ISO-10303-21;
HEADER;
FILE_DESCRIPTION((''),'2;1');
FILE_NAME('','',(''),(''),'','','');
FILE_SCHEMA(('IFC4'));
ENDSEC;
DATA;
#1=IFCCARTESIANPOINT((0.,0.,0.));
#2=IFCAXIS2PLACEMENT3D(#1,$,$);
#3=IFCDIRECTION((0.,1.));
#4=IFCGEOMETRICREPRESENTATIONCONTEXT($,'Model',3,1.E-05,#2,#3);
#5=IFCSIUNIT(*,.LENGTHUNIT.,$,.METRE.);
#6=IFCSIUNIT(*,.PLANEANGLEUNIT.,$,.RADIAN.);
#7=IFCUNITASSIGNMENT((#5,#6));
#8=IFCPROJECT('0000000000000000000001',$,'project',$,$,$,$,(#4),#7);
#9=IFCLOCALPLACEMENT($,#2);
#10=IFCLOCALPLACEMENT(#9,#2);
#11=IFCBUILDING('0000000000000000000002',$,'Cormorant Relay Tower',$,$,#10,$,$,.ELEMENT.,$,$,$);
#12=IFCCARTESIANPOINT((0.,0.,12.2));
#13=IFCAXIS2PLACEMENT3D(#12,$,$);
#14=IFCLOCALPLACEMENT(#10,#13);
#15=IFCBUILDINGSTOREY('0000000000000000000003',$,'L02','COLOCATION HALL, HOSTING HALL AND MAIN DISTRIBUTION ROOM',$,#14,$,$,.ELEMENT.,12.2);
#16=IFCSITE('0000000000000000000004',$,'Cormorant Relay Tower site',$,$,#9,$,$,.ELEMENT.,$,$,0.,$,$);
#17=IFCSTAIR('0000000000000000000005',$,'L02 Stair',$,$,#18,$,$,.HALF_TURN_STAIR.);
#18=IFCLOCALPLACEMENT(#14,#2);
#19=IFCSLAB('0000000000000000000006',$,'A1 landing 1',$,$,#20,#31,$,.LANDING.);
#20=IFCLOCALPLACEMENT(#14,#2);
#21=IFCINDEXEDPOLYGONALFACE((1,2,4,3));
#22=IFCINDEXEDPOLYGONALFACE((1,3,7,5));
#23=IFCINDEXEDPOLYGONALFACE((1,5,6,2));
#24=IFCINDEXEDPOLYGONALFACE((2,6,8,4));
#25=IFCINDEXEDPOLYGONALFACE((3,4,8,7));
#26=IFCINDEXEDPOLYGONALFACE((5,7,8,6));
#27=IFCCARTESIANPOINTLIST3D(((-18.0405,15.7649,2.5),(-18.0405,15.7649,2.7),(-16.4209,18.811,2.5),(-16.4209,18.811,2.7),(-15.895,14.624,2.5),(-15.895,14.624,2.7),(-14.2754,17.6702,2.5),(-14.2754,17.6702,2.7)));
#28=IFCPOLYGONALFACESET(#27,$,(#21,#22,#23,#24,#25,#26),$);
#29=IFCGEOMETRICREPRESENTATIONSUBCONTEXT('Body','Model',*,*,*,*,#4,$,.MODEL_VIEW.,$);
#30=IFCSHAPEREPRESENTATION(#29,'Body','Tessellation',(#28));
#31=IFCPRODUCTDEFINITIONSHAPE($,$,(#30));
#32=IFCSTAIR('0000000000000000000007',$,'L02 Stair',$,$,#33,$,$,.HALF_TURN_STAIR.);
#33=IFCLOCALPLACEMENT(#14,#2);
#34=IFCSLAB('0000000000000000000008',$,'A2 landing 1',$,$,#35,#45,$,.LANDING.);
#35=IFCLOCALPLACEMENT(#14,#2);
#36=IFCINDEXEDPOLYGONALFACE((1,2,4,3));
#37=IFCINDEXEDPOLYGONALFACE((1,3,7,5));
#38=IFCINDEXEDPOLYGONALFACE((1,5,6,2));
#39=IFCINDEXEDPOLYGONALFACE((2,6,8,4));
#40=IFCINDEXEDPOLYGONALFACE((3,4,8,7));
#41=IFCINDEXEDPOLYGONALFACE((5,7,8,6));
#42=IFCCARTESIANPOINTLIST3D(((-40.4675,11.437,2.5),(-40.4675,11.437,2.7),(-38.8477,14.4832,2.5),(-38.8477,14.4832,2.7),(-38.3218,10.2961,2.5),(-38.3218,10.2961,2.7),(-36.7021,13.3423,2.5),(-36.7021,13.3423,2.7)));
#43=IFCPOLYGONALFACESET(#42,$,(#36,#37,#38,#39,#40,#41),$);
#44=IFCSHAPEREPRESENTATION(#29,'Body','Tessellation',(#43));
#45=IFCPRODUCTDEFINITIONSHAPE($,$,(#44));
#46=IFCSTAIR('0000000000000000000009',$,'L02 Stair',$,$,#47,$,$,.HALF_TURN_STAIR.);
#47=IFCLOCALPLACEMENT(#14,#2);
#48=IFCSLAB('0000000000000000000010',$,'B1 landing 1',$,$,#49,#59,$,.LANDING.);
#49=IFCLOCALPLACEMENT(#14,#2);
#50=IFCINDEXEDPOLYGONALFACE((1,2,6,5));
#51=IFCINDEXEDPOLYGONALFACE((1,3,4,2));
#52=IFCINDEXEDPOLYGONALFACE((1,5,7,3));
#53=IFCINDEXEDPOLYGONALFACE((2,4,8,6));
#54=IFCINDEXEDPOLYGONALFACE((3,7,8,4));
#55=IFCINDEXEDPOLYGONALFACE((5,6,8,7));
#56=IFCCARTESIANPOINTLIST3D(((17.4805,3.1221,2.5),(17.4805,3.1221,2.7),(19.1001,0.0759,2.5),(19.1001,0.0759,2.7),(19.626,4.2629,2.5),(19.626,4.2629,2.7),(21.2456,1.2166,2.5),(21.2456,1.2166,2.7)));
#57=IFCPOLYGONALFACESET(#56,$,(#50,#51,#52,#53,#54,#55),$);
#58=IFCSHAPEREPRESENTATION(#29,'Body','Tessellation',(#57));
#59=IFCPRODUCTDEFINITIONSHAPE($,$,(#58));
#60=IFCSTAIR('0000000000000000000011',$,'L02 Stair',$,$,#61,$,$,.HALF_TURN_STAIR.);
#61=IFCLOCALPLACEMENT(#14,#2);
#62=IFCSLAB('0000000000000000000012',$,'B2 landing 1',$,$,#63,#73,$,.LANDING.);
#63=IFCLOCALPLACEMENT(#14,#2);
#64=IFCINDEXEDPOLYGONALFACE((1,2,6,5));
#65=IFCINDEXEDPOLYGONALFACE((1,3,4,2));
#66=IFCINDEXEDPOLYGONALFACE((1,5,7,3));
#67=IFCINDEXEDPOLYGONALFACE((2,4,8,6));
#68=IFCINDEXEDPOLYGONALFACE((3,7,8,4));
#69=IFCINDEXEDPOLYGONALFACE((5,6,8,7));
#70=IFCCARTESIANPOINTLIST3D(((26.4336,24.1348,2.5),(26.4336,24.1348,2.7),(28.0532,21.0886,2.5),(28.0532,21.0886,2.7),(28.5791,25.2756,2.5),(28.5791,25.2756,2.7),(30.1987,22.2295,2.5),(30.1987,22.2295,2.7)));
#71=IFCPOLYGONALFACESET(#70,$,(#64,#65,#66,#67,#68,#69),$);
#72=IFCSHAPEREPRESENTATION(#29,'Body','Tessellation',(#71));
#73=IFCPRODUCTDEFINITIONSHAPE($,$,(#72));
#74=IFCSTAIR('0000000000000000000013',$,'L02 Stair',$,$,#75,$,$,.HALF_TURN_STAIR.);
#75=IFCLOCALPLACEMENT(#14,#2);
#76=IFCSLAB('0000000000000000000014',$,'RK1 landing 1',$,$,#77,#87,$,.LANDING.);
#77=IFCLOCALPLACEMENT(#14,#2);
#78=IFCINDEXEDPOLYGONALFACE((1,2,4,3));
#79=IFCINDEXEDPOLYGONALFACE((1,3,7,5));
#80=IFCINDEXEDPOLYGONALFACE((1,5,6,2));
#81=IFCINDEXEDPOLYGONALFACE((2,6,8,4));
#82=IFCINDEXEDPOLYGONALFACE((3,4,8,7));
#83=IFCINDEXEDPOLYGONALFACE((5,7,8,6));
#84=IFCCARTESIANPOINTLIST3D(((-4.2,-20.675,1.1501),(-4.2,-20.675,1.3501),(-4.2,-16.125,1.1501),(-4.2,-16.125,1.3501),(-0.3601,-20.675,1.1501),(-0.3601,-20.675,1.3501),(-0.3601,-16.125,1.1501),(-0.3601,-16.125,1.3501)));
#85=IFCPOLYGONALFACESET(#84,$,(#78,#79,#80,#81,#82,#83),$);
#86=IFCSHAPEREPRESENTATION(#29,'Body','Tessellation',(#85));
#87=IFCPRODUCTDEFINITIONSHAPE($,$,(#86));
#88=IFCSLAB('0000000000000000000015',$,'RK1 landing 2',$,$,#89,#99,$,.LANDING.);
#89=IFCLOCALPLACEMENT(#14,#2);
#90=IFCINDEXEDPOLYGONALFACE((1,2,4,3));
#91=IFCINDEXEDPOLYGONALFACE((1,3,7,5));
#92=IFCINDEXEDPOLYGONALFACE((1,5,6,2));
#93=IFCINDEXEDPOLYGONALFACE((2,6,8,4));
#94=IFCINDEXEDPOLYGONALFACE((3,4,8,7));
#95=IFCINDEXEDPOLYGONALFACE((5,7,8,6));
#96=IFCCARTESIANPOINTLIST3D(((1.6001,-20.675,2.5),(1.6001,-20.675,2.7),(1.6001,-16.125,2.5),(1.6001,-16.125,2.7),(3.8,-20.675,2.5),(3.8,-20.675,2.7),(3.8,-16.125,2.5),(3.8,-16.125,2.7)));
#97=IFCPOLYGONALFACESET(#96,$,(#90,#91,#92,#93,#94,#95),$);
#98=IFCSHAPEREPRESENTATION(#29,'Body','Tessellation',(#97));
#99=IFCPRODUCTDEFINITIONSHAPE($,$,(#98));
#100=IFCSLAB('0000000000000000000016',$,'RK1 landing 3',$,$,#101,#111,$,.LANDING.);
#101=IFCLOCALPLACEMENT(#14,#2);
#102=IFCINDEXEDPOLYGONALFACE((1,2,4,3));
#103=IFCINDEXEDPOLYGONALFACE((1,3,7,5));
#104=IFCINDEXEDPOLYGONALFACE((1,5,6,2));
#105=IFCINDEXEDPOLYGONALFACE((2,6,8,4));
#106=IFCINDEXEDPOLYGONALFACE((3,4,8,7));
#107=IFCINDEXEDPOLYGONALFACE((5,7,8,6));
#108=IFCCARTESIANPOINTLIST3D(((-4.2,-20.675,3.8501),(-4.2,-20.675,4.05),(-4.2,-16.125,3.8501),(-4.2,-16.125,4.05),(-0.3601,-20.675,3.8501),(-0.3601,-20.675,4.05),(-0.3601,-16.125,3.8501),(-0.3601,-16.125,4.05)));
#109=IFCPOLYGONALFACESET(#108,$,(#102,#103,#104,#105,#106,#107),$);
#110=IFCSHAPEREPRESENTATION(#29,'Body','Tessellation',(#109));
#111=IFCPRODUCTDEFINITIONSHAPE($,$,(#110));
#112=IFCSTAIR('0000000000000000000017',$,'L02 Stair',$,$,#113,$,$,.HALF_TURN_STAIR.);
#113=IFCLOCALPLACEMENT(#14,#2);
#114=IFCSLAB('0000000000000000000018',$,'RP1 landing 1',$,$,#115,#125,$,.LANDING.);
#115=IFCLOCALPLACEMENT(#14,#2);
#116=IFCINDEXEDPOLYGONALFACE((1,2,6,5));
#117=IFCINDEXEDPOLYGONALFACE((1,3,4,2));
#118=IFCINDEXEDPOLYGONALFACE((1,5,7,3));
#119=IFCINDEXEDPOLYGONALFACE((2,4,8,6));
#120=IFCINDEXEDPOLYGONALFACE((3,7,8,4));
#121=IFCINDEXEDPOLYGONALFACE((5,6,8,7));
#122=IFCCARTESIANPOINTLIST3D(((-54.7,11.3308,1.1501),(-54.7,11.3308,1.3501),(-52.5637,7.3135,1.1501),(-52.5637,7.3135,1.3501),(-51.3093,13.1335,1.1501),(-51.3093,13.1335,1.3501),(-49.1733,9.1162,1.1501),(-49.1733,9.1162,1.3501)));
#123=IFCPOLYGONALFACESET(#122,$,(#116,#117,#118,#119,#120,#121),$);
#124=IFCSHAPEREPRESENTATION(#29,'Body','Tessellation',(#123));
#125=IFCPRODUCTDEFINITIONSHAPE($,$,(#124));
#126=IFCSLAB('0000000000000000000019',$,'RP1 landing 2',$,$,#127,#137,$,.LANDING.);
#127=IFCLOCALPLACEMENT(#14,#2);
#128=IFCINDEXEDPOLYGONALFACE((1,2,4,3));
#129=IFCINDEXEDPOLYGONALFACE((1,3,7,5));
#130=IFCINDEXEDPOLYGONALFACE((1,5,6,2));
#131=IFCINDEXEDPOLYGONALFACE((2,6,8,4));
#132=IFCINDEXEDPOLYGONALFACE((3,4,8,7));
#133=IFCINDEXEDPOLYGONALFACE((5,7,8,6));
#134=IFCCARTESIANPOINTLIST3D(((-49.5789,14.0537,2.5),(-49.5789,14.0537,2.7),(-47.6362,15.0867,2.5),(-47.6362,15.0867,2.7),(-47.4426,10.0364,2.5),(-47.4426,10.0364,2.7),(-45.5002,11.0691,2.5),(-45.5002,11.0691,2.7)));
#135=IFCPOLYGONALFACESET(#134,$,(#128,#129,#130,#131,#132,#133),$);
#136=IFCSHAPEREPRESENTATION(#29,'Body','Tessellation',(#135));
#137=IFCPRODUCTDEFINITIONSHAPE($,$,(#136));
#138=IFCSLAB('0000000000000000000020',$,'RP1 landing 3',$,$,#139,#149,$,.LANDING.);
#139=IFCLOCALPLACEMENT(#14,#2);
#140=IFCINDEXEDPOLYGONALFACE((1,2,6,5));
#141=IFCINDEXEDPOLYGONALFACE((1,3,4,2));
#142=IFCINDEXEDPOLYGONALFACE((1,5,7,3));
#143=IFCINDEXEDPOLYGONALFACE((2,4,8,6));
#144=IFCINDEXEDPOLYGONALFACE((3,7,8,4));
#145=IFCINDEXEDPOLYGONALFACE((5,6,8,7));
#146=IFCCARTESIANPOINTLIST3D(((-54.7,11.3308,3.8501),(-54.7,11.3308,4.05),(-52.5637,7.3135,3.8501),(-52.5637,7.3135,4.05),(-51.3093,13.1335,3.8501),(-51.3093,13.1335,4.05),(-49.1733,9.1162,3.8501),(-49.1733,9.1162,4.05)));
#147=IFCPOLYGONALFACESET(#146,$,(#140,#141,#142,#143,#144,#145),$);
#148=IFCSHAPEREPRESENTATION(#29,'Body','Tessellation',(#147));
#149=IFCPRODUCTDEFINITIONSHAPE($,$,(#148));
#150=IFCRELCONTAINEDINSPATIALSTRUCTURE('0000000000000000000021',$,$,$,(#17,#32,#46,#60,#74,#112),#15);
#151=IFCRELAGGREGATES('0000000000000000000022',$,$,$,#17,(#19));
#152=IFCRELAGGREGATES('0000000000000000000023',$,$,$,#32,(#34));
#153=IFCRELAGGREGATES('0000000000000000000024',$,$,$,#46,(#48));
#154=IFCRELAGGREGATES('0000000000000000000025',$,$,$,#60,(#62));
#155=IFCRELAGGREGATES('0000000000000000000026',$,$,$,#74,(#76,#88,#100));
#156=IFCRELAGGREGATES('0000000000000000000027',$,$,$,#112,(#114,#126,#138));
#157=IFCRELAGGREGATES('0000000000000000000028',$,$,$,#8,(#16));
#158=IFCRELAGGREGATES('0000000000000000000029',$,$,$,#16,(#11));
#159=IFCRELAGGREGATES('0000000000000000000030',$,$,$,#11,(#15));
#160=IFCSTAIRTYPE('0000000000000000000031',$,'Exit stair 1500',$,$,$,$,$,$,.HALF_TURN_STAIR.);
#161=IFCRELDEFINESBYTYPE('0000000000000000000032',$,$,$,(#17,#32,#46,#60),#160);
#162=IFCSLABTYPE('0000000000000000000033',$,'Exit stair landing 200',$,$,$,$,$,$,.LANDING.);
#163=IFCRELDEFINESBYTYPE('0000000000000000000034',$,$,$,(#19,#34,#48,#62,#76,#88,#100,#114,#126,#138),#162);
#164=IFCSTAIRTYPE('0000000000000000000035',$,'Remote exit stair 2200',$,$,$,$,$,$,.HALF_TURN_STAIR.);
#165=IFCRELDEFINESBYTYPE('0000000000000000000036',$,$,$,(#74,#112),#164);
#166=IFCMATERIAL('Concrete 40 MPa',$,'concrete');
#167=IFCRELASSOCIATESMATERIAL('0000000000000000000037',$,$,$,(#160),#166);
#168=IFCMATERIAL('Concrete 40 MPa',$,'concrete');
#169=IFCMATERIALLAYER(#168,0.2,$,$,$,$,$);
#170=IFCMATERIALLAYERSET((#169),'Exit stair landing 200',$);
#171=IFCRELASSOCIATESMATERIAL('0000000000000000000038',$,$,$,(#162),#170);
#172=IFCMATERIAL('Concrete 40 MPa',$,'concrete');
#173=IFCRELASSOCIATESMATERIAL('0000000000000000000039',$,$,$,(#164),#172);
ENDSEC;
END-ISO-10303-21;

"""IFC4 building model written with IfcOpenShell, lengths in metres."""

from ifc_helpers import new_model, si_unit, direction, frame, origin, place, context, subcontext, project, spatial, polyline, outline, extrude, material, layer, layer_set, type_object, element, aggregate, save


model = new_model("IFC4")

# Units and contexts
model_context = context("Model", 3, precision=1e-05, world=origin(), true_north=direction((0.0, 1.0)))
body_context = subcontext(model_context, "Body", "Model", "MODEL_VIEW")
ifc_project = project(units=[si_unit("LENGTHUNIT", "METRE"), si_unit("PLANEANGLEUNIT", "RADIAN")], contexts=[model_context])

# Site, building, storey
site_placement = place(None, origin())
site = spatial("IfcSite", under=ifc_project, at=site_placement, Name="Cormorant Relay Tower site", CompositionType="ELEMENT", RefElevation=0.0)
building_placement = place(site_placement, origin())
building = spatial("IfcBuilding", under=site, at=building_placement, Name="Cormorant Relay Tower", CompositionType="ELEMENT")
storey_placement = place(building_placement, frame((0.0, 0.0, 12.2)))
storey = spatial("IfcBuildingStorey", under=building, at=storey_placement, Name="L02", Description="COLOCATION HALL, HOSTING HALL AND MAIN DISTRIBUTION ROOM", CompositionType="ELEMENT", Elevation=12.2)

# Stairs, slabs
ifc_material_1 = material(Name="Concrete 40 MPa", Category="concrete")
stair_type_1 = type_object("IfcStairType", Name="Exit stair 1500", PredefinedType="HALF_TURN_STAIR", material=ifc_material_1)
stair_1_placement = place(storey_placement, origin())
stair_1 = element("IfcStair", 1, at=stair_1_placement, inside=storey, type_object=stair_type_1, Name="L02 Stair", PredefinedType="HALF_TURN_STAIR")
ifc_material_2 = material(Name="Concrete 40 MPa", Category="concrete")
ifc_layer_1 = layer(ifc_material_2, 0.2)
ifc_layer_set_1 = layer_set([ifc_layer_1], Name="Exit stair landing 200")
slab_type_1 = type_object("IfcSlabType", Name="Exit stair landing 200", PredefinedType="LANDING", material=ifc_layer_set_1)
slab_1_placement = place(storey_placement, frame((0.0, 0.0, 2.5)))
slab_1 = element("IfcSlab", 2, at=slab_1_placement, type_object=slab_type_1, Name="A1 landing 1", PredefinedType="LANDING", context=body_context, shape_type="SweptSolid", body=[
    extrude(outline(polyline([(-18.0405, 15.7649), (-15.895, 14.624), (-14.2754, 17.6702), (-16.4209, 18.811), (-18.0405, 15.7649)])), origin(), (0.0, 0.0, 1.0), 0.2),
])
aggregate(stair_1, [slab_1])
stair_2_placement = place(storey_placement, origin())
stair_2 = element("IfcStair", 3, at=stair_2_placement, inside=storey, type_object=stair_type_1, Name="L02 Stair", PredefinedType="HALF_TURN_STAIR")
slab_2_placement = place(storey_placement, frame((0.0, 0.0, 2.5)))
slab_2 = element("IfcSlab", 4, at=slab_2_placement, type_object=slab_type_1, Name="A2 landing 1", PredefinedType="LANDING", context=body_context, shape_type="SweptSolid", body=[
    extrude(outline(polyline([(-36.7021, 13.3423), (-38.8477, 14.4832), (-40.4675, 11.437), (-38.3218, 10.2961), (-36.7021, 13.3423)])), origin(), (0.0, 0.0, 1.0), 0.2),
])
aggregate(stair_2, [slab_2])
stair_3_placement = place(storey_placement, origin())
stair_3 = element("IfcStair", 5, at=stair_3_placement, inside=storey, type_object=stair_type_1, Name="L02 Stair", PredefinedType="HALF_TURN_STAIR")
slab_3_placement = place(storey_placement, frame((0.0, 0.0, 2.5)))
slab_3 = element("IfcSlab", 6, at=slab_3_placement, type_object=slab_type_1, Name="B1 landing 1", PredefinedType="LANDING", context=body_context, shape_type="SweptSolid", body=[
    extrude(outline(polyline([(19.626, 4.2629), (17.4805, 3.1221), (19.1001, 0.0759), (21.2456, 1.2166), (19.626, 4.2629)])), origin(), (0.0, 0.0, 1.0), 0.2),
])
aggregate(stair_3, [slab_3])
stair_4_placement = place(storey_placement, origin())
stair_4 = element("IfcStair", 7, at=stair_4_placement, inside=storey, type_object=stair_type_1, Name="L02 Stair", PredefinedType="HALF_TURN_STAIR")
slab_4_placement = place(storey_placement, frame((0.0, 0.0, 2.5)))
slab_4 = element("IfcSlab", 8, at=slab_4_placement, type_object=slab_type_1, Name="B2 landing 1", PredefinedType="LANDING", context=body_context, shape_type="SweptSolid", body=[
    extrude(outline(polyline([(28.0532, 21.0886), (30.1987, 22.2295), (28.5791, 25.2756), (26.4336, 24.1348), (28.0532, 21.0886)])), origin(), (0.0, 0.0, 1.0), 0.2),
])
aggregate(stair_4, [slab_4])

# Stairs, slabs
ifc_material_3 = material(Name="Concrete 40 MPa", Category="concrete")
stair_type_2 = type_object("IfcStairType", Name="Remote exit stair 2200", PredefinedType="HALF_TURN_STAIR", material=ifc_material_3)
stair_5_placement = place(storey_placement, origin())
stair_5 = element("IfcStair", 9, at=stair_5_placement, inside=storey, type_object=stair_type_2, Name="L02 Stair", PredefinedType="HALF_TURN_STAIR")
slab_5_placement = place(storey_placement, frame((0.0, 0.0, 1.1501)))
slab_5 = element("IfcSlab", 10, at=slab_5_placement, type_object=slab_type_1, Name="RK1 landing 1", PredefinedType="LANDING", context=body_context, shape_type="SweptSolid", body=[
    extrude(outline(polyline([(-0.3601, -16.125), (-4.2, -16.125), (-4.2, -20.675), (-0.3601, -20.675), (-0.3601, -16.125)])), origin(), (0.0, 0.0, 1.0), 0.2),
])
slab_6_placement = place(storey_placement, frame((0.0, 0.0, 2.5)))
slab_6 = element("IfcSlab", 11, at=slab_6_placement, type_object=slab_type_1, Name="RK1 landing 2", PredefinedType="LANDING", context=body_context, shape_type="SweptSolid", body=[
    extrude(outline(polyline([(3.8, -16.125), (1.6001, -16.125), (1.6001, -20.675), (3.8, -20.675), (3.8, -16.125)])), origin(), (0.0, 0.0, 1.0), 0.2),
])
slab_7_placement = place(storey_placement, frame((0.0, 0.0, 3.8501)))
slab_7 = element("IfcSlab", 12, at=slab_7_placement, type_object=slab_type_1, Name="RK1 landing 3", PredefinedType="LANDING", context=body_context, shape_type="SweptSolid", body=[
    extrude(outline(polyline([(-0.3601, -16.125), (-4.2, -16.125), (-4.2, -20.675), (-0.3601, -20.675), (-0.3601, -16.125)])), origin(), (0.0, 0.0, 1.0), 0.2),
])
aggregate(stair_5, [slab_5, slab_6, slab_7])
stair_6_placement = place(storey_placement, origin())
stair_6 = element("IfcStair", 13, at=stair_6_placement, inside=storey, type_object=stair_type_2, Name="L02 Stair", PredefinedType="HALF_TURN_STAIR")
slab_8_placement = place(storey_placement, frame((0.0, 0.0, 1.1501)))
slab_8 = element("IfcSlab", 14, at=slab_8_placement, type_object=slab_type_1, Name="RP1 landing 1", PredefinedType="LANDING", context=body_context, shape_type="SweptSolid", body=[
    extrude(outline(polyline([(-51.3093, 13.1335), (-54.7, 11.3308), (-52.5637, 7.3135), (-49.1733, 9.1162), (-51.3093, 13.1335)])), origin(), (0.0, 0.0, 1.0), 0.2),
])
slab_9_placement = place(storey_placement, frame((0.0, 0.0, 2.5)))
slab_9 = element("IfcSlab", 15, at=slab_9_placement, type_object=slab_type_1, Name="RP1 landing 2", PredefinedType="LANDING", context=body_context, shape_type="SweptSolid", body=[
    extrude(outline(polyline([(-47.6362, 15.0867), (-49.5789, 14.0537), (-47.4426, 10.0364), (-45.5002, 11.0691), (-47.6362, 15.0867)])), origin(), (0.0, 0.0, 1.0), 0.2),
])
slab_10_placement = place(storey_placement, frame((0.0, 0.0, 3.8501)))
slab_10 = element("IfcSlab", 16, at=slab_10_placement, type_object=slab_type_1, Name="RP1 landing 3", PredefinedType="LANDING", context=body_context, shape_type="SweptSolid", body=[
    extrude(outline(polyline([(-51.3093, 13.1335), (-54.7, 11.3308), (-52.5637, 7.3135), (-49.1733, 9.1162), (-51.3093, 13.1335)])), origin(), (0.0, 0.0, 1.0), 0.2),
])
aggregate(stair_6, [slab_8, slab_9, slab_10])

save(model, "model.ifc")
